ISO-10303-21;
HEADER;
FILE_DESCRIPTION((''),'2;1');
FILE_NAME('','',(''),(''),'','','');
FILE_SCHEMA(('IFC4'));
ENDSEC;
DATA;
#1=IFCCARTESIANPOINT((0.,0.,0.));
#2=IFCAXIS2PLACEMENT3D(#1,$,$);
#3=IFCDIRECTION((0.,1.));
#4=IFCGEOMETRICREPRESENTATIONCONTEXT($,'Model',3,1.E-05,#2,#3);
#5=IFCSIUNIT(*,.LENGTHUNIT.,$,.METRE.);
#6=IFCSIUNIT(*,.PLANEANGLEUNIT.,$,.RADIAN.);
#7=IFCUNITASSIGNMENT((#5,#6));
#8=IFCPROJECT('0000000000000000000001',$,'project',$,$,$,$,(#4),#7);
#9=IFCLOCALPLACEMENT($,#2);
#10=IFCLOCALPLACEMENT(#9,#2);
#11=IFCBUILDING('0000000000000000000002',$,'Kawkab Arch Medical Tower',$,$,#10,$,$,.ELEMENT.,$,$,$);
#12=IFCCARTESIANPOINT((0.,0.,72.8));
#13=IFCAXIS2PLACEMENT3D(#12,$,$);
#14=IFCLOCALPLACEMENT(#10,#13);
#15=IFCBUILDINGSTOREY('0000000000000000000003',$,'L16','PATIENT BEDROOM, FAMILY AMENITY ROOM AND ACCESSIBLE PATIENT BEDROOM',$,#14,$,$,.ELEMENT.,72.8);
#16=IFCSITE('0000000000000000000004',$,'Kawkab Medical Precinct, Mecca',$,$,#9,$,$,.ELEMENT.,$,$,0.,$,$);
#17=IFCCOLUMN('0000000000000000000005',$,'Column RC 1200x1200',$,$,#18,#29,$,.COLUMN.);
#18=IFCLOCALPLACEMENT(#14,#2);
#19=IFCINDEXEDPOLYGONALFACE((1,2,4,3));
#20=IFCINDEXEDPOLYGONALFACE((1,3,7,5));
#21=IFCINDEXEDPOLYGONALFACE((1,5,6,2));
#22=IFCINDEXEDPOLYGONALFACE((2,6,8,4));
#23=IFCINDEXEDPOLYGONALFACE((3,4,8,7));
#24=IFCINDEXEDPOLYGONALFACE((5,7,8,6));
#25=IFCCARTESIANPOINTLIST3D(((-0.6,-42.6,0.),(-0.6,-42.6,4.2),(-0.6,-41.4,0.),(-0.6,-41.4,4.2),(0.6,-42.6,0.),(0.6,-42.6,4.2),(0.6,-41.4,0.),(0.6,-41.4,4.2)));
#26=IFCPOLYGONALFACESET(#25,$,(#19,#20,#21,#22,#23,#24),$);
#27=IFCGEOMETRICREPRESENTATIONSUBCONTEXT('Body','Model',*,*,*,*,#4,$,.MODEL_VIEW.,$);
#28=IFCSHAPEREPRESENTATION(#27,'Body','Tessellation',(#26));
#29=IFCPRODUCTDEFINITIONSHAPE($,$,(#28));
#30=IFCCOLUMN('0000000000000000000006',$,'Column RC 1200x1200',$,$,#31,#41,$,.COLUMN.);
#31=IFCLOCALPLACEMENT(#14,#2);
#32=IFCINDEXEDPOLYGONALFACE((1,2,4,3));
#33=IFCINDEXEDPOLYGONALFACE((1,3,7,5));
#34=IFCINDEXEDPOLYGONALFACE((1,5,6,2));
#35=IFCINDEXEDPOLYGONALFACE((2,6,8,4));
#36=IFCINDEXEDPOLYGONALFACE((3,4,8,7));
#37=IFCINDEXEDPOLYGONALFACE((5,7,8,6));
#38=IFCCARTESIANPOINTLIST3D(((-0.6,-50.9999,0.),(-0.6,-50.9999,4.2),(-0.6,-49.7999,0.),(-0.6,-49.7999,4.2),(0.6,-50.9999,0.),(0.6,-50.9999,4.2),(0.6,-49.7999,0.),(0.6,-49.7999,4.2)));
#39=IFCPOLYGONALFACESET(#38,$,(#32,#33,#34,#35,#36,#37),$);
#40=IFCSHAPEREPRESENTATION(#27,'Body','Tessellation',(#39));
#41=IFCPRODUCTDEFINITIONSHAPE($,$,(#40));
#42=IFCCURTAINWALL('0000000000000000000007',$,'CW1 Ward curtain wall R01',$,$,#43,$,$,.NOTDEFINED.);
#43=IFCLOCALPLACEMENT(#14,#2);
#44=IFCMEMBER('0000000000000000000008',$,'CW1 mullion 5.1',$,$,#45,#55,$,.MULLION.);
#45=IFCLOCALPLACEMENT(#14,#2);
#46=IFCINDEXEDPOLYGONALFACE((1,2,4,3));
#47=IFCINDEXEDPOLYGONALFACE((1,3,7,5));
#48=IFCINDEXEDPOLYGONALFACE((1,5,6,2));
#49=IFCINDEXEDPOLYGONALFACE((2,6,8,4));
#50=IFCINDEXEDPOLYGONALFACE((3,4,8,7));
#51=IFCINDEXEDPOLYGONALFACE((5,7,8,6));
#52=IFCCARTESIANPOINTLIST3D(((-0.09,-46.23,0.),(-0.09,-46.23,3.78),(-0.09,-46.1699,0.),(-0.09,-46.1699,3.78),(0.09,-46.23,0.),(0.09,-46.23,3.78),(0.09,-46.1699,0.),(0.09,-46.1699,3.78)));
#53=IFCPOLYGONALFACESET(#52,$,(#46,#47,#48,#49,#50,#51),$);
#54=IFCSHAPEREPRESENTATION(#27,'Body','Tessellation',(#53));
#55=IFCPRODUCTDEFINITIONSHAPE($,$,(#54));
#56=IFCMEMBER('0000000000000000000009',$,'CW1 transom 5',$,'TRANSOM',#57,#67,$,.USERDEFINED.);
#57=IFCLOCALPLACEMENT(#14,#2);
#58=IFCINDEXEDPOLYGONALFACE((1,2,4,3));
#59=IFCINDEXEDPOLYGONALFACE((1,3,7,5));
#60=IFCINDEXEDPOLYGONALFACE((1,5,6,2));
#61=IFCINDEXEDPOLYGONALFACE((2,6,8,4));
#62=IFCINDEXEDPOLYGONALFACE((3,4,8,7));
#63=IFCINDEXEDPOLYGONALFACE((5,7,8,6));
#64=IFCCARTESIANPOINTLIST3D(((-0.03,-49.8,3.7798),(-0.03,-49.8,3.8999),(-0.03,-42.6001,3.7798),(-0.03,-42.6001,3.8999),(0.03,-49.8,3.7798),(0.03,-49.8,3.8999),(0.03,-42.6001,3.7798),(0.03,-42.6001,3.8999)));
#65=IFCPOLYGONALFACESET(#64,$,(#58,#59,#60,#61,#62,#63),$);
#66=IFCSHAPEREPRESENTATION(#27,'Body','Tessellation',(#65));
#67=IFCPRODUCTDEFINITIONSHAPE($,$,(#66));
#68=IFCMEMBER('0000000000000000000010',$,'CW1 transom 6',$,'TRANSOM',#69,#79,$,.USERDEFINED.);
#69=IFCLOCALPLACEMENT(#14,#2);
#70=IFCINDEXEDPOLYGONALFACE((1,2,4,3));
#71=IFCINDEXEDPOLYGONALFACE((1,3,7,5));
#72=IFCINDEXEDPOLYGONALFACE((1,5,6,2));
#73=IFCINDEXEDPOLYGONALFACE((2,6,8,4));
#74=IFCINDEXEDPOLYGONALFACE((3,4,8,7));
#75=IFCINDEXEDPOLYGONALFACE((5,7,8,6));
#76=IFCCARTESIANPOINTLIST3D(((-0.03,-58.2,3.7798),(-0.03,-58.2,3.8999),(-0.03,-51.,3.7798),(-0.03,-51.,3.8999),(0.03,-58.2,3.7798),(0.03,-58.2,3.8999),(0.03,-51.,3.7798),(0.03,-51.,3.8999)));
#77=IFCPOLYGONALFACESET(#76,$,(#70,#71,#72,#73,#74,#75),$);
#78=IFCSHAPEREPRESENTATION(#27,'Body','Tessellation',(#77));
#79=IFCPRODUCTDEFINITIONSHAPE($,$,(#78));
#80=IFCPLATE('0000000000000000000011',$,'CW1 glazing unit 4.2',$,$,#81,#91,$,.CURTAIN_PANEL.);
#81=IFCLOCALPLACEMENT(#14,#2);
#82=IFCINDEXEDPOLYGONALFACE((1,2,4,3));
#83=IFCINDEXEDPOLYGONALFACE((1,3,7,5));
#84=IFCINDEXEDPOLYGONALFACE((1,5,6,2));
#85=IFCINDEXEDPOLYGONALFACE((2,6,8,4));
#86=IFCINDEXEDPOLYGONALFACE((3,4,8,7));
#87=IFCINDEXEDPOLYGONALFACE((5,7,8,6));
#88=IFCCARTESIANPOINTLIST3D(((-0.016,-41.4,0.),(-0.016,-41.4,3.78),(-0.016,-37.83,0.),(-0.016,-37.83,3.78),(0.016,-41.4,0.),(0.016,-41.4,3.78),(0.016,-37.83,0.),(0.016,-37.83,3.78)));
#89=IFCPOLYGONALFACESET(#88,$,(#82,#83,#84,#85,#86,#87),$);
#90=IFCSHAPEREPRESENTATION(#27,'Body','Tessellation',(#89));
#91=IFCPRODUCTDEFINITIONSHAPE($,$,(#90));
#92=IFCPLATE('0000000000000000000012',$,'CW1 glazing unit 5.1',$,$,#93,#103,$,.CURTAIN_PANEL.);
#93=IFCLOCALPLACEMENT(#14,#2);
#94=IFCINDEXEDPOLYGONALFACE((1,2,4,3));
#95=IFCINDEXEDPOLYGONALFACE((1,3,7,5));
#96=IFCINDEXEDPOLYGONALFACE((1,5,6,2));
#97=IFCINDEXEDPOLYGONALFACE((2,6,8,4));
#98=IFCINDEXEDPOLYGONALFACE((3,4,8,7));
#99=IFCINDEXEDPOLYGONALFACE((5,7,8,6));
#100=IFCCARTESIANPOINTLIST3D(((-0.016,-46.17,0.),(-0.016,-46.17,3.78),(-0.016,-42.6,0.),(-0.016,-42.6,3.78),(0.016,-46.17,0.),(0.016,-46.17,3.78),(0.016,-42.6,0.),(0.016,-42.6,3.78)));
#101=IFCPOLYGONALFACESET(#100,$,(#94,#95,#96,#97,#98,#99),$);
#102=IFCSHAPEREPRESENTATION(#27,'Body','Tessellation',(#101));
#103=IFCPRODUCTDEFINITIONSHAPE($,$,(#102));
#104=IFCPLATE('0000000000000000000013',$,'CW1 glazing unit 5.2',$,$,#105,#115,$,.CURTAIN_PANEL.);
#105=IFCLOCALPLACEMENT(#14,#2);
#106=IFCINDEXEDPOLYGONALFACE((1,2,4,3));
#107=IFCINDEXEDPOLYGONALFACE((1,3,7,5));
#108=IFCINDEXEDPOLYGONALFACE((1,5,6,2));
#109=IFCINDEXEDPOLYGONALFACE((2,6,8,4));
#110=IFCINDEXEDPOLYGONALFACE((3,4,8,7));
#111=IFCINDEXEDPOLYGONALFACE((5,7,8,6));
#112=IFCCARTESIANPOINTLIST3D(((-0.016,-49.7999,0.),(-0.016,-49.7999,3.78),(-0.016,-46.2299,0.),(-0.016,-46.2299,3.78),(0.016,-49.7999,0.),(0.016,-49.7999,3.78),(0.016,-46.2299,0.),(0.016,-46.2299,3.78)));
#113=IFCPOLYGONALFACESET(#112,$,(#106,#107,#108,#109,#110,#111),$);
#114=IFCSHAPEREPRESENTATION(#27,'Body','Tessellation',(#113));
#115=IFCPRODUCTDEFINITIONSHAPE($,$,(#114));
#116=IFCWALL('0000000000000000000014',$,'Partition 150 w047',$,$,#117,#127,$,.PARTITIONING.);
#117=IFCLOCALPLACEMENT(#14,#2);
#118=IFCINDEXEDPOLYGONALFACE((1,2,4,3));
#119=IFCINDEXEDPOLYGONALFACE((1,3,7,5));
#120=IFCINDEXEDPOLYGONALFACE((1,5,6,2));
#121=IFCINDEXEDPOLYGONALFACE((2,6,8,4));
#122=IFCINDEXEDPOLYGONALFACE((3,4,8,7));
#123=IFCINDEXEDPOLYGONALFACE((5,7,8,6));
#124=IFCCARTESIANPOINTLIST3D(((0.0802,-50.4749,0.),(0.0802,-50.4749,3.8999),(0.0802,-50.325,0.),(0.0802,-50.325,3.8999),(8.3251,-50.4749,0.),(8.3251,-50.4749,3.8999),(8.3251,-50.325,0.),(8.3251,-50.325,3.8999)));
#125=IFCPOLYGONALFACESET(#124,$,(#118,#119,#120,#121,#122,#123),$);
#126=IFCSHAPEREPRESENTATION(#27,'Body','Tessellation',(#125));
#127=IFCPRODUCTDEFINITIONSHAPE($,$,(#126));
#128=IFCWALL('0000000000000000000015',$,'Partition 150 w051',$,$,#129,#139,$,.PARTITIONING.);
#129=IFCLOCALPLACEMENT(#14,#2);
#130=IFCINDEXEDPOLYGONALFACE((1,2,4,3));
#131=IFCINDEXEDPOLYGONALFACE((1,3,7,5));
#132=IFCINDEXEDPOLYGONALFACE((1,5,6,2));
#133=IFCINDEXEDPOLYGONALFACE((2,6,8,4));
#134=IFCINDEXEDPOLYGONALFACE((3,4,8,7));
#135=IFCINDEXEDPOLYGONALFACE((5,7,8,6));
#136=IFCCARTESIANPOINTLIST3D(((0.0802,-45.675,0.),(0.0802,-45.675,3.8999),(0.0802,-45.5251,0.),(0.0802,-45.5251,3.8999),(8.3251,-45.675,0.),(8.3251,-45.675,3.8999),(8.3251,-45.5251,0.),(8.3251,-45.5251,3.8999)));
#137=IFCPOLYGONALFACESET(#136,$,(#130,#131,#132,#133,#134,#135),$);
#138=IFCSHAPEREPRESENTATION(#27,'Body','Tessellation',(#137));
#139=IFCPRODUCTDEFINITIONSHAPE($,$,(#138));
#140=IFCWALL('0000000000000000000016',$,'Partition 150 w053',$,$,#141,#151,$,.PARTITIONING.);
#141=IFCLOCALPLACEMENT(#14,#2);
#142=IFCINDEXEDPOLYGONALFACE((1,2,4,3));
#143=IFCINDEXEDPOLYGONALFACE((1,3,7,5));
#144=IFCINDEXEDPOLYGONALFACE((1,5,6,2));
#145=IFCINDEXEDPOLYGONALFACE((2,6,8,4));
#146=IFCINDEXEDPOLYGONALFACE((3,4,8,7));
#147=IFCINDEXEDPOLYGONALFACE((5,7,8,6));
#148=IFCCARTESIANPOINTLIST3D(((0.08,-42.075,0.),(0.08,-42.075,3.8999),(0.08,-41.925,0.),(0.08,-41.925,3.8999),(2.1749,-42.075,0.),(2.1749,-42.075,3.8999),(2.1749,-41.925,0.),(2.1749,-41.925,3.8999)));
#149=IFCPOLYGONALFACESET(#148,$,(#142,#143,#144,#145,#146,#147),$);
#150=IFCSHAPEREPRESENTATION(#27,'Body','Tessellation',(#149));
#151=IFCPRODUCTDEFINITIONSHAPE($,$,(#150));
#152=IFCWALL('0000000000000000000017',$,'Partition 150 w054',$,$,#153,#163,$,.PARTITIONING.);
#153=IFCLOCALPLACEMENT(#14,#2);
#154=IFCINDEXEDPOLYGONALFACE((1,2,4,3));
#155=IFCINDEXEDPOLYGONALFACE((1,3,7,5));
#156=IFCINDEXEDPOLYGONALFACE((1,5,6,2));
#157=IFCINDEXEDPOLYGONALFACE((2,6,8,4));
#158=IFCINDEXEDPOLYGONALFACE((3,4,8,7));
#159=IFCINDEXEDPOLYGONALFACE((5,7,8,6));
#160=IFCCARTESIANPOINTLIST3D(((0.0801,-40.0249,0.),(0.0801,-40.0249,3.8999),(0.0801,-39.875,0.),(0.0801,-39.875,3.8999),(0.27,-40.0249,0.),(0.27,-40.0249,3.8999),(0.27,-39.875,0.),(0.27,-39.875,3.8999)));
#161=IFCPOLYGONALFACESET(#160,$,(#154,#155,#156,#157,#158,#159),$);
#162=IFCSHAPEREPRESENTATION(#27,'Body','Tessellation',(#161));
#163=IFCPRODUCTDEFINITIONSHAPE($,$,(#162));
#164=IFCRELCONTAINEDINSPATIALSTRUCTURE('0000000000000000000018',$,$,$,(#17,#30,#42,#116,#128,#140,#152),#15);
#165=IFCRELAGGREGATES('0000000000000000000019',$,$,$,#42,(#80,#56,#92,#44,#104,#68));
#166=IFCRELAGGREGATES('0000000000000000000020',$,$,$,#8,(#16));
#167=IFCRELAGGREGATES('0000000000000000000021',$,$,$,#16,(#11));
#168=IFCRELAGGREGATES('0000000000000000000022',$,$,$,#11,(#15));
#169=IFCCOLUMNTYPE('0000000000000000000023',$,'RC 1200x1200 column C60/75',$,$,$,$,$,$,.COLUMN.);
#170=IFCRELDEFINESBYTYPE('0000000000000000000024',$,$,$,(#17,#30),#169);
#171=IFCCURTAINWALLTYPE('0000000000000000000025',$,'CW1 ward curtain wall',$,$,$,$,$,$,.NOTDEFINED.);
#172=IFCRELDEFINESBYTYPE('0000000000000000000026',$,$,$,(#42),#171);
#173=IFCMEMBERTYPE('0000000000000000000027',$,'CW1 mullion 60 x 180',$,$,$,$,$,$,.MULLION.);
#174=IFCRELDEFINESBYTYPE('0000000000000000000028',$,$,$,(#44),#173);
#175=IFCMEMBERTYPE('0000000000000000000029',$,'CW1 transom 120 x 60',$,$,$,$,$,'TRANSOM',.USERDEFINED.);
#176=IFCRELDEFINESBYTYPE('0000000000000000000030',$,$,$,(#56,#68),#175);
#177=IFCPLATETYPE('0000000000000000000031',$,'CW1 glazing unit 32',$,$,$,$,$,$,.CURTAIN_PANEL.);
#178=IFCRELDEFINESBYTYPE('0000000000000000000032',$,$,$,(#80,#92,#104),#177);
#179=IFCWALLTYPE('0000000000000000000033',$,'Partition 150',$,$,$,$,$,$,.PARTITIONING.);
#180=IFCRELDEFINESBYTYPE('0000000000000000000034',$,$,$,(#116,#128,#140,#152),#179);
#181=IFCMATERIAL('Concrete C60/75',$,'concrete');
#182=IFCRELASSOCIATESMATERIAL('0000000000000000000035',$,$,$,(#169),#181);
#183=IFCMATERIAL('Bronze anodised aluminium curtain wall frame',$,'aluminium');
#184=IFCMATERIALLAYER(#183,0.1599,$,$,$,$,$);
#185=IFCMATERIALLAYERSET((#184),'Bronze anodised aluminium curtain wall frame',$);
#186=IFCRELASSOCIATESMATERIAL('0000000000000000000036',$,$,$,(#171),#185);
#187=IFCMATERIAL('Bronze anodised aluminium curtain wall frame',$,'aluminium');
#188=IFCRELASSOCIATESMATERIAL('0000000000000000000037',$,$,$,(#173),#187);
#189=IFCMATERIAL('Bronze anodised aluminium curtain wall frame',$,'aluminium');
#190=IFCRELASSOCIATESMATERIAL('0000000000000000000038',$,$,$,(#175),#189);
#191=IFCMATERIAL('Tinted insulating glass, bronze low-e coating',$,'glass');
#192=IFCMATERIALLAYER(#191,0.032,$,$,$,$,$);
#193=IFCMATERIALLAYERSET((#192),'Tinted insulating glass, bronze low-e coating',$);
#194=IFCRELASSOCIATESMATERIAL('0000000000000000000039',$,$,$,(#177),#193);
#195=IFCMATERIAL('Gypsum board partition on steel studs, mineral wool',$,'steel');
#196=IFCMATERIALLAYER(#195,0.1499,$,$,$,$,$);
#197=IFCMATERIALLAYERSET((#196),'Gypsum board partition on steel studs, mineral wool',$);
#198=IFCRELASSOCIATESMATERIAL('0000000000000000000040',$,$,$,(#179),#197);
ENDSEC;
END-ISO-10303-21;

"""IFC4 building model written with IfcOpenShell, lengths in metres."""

from ifc_helpers import new_model, si_unit, direction, frame, frame_2d, origin, origin_2d, place, context, subcontext, project, spatial, rectangle, extrude, material, layer, layer_set, material_profile, profile_set, type_object, element, aggregate, save


model = new_model("IFC4")

# Units and contexts
model_context = context("Model", 3, precision=1e-05, world=origin(), true_north=direction((0.0, 1.0)))
body_context = subcontext(model_context, "Body", "Model", "MODEL_VIEW")
ifc_project = project(units=[si_unit("LENGTHUNIT", "METRE"), si_unit("PLANEANGLEUNIT", "RADIAN")], contexts=[model_context])

# Site, building, storey
site_placement = place(None, origin())
site = spatial("IfcSite", under=ifc_project, at=site_placement, Name="Kawkab Medical Precinct, Mecca", CompositionType="ELEMENT", RefElevation=0.0)
building_placement = place(site_placement, origin())
building = spatial("IfcBuilding", under=site, at=building_placement, Name="Kawkab Arch Medical Tower", CompositionType="ELEMENT")
storey_placement = place(building_placement, frame((0.0, 0.0, 72.8)))
storey = spatial("IfcBuildingStorey", under=building, at=storey_placement, Name="L16", Description="PATIENT BEDROOM, FAMILY AMENITY ROOM AND ACCESSIBLE PATIENT BEDROOM", CompositionType="ELEMENT", Elevation=72.8)

# Columns
ifc_material_1 = material(Name="Concrete C60/75", Category="concrete")
ifc_material_profile_1 = material_profile(ifc_material_1, rectangle(XDim=1.2, YDim=1.2, at=origin_2d()), Name="RC 1200x1200")
ifc_profile_set_1 = profile_set([ifc_material_profile_1], Name="Concrete C60/75")
column_type = type_object("IfcColumnType", Name="RC 1200x1200 column C60/75", PredefinedType="COLUMN", material=ifc_profile_set_1)
for number, where, z_axis, x_axis, name in (
    (1, (0.0, -42.0, 0.0), (0.0, 0.0, 1.0), (1.0, 0.0, 0.0), "Column RC 1200x1200"),
    (2, (0.0, -50.3999, 0.0), (0.0, 0.0, 1.0), (1.0, 0.0, 0.0), "Column RC 1200x1200"),
):
    element("IfcColumn", number, at=place(storey_placement, frame(where, z_axis=z_axis, x_axis=x_axis)), inside=storey, type_object=column_type, Name=name, PredefinedType="COLUMN", context=body_context, shape_type="SweptSolid", body=[
        extrude(rectangle(XDim=1.2, YDim=1.2, at=origin_2d()), origin(), (0.0, 0.0, 1.0), 4.2),
    ])

# Curtain wall, members, plates
ifc_material_2 = material(Name="Bronze anodised aluminium curtain wall frame", Category="aluminium")
ifc_layer_1 = layer(ifc_material_2, 0.1599)
ifc_layer_set_1 = layer_set([ifc_layer_1], Name="Bronze anodised aluminium curtain wall frame")
curtain_wall_type = type_object("IfcCurtainWallType", Name="CW1 ward curtain wall", PredefinedType="NOTDEFINED", material=ifc_layer_set_1)
curtain_wall_placement = place(storey_placement, origin())
curtain_wall = element("IfcCurtainWall", 3, at=curtain_wall_placement, inside=storey, type_object=curtain_wall_type, Name="CW1 Ward curtain wall R01", PredefinedType="NOTDEFINED")
ifc_material_3 = material(Name="Bronze anodised aluminium curtain wall frame", Category="aluminium")
ifc_material_profile_2 = material_profile(ifc_material_3, rectangle(XDim=0.1799, YDim=0.0601, at=origin_2d()), Name="AL 60x180")
ifc_profile_set_2 = profile_set([ifc_material_profile_2], Name="Bronze anodised aluminium curtain wall frame")
member_type_1 = type_object("IfcMemberType", Name="CW1 mullion 60 x 180", PredefinedType="MULLION", material=ifc_profile_set_2)
member_1_placement = place(storey_placement, frame((0.0, -46.2, 0.0), z_axis=(0.0, 0.0, 1.0), x_axis=(1.0, 0.0, 0.0)))
member_1 = element("IfcMember", 4, at=member_1_placement, type_object=member_type_1, Name="CW1 mullion 5.1", PredefinedType="MULLION", context=body_context, shape_type="SweptSolid", body=[
    extrude(rectangle(XDim=0.1799, YDim=0.0601, at=origin_2d()), origin(), (0.0, 0.0, 1.0), 3.78),
])
ifc_material_4 = material(Name="Bronze anodised aluminium curtain wall frame", Category="aluminium")
ifc_material_profile_3 = material_profile(ifc_material_4, rectangle(XDim=0.0601, YDim=0.1201, at=origin_2d()), Name="AL 60x120")
ifc_profile_set_3 = profile_set([ifc_material_profile_3], Name="Bronze anodised aluminium curtain wall frame")
member_type_2 = type_object("IfcMemberType", Name="CW1 transom 120 x 60", ElementType="TRANSOM", PredefinedType="USERDEFINED", material=ifc_profile_set_3)
member_2_placement = place(storey_placement, frame((0.0, -42.6001, 3.8398), z_axis=(0.0, -1.0, 0.0), x_axis=(1.0, 0.0, 0.0)))
member_2 = element("IfcMember", 5, at=member_2_placement, type_object=member_type_2, Name="CW1 transom 5", ObjectType="TRANSOM", PredefinedType="USERDEFINED", context=body_context, shape_type="SweptSolid", body=[
    extrude(rectangle(XDim=0.0601, YDim=0.1201, at=origin_2d()), origin(), (0.0, 0.0, 1.0), 7.2),
])
member_3_placement = place(storey_placement, frame((0.0, -51.0, 3.8398), z_axis=(0.0, -1.0, 0.0), x_axis=(1.0, 0.0, 0.0)))
member_3 = element("IfcMember", 6, at=member_3_placement, type_object=member_type_2, Name="CW1 transom 6", ObjectType="TRANSOM", PredefinedType="USERDEFINED", context=body_context, shape_type="SweptSolid", body=[
    extrude(rectangle(XDim=0.0601, YDim=0.1201, at=origin_2d()), origin(), (0.0, 0.0, 1.0), 7.2),
])
ifc_material_5 = material(Name="Tinted insulating glass, bronze low-e coating", Category="glass")
ifc_layer_2 = layer(ifc_material_5, 0.032)
ifc_layer_set_2 = layer_set([ifc_layer_2], Name="Tinted insulating glass, bronze low-e coating")
plate_type = type_object("IfcPlateType", Name="CW1 glazing unit 32", PredefinedType="CURTAIN_PANEL", material=ifc_layer_set_2)
plate_1_placement = place(storey_placement, frame((0.0, -39.615, 0.0), z_axis=(0.0, 0.0, 1.0), x_axis=(0.0, -1.0, 0.0)))
plate_1 = element("IfcPlate", 7, at=plate_1_placement, type_object=plate_type, Name="CW1 glazing unit 4.2", PredefinedType="CURTAIN_PANEL", context=body_context, shape_type="SweptSolid", body=[
    extrude(rectangle(XDim=3.5701, YDim=0.032, at=origin_2d()), origin(), (0.0, 0.0, 1.0), 3.78),
])
plate_2_placement = place(storey_placement, frame((0.0, -44.385, 0.0), z_axis=(0.0, 0.0, 1.0), x_axis=(0.0, -1.0, 0.0)))
plate_2 = element("IfcPlate", 8, at=plate_2_placement, type_object=plate_type, Name="CW1 glazing unit 5.1", PredefinedType="CURTAIN_PANEL", context=body_context, shape_type="SweptSolid", body=[
    extrude(rectangle(XDim=3.5701, YDim=0.032, at=origin_2d()), origin(), (0.0, 0.0, 1.0), 3.78),
])
plate_3_placement = place(storey_placement, frame((0.0, -48.0149, 0.0), z_axis=(0.0, 0.0, 1.0), x_axis=(0.0, -1.0, 0.0)))
plate_3 = element("IfcPlate", 9, at=plate_3_placement, type_object=plate_type, Name="CW1 glazing unit 5.2", PredefinedType="CURTAIN_PANEL", context=body_context, shape_type="SweptSolid", body=[
    extrude(rectangle(XDim=3.5701, YDim=0.032, at=origin_2d()), origin(), (0.0, 0.0, 1.0), 3.78),
])
aggregate(curtain_wall, [plate_1, member_2, plate_2, member_1, plate_3, member_3])

# Walls
ifc_material_6 = material(Name="Gypsum board partition on steel studs, mineral wool", Category="steel")
ifc_layer_3 = layer(ifc_material_6, 0.1499)
ifc_layer_set_3 = layer_set([ifc_layer_3], Name="Gypsum board partition on steel studs, mineral wool")
wall_type = type_object("IfcWallType", Name="Partition 150", PredefinedType="PARTITIONING", material=ifc_layer_set_3)
for number, where, z_axis, x_axis, name in (
    (10, (0.0801, -50.3999, 0.0), (0.0, 0.0, 1.0), (1.0, 0.0, 0.0), "Partition 150 w047"),
    (11, (0.0801, -45.6001, 0.0), (0.0, 0.0, 1.0), (1.0, 0.0, 0.0), "Partition 150 w051"),
):
    element("IfcWall", number, at=place(storey_placement, frame(where, z_axis=z_axis, x_axis=x_axis)), inside=storey, type_object=wall_type, Name=name, PredefinedType="PARTITIONING", context=body_context, shape_type="SweptSolid", body=[
        extrude(rectangle(XDim=8.2449, YDim=0.1499, at=frame_2d((4.1226, 0.0))), origin(), (0.0, 0.0, 1.0), 3.8999),
    ])
wall_1_placement = place(storey_placement, frame((0.0801, -42.0, 0.0), z_axis=(0.0, 0.0, 1.0), x_axis=(1.0, 0.0, 0.0)))
element("IfcWall", 12, at=wall_1_placement, inside=storey, type_object=wall_type, Name="Partition 150 w053", PredefinedType="PARTITIONING", context=body_context, shape_type="SweptSolid", body=[
    extrude(rectangle(XDim=2.095, YDim=0.1499, at=frame_2d((1.0474, 0.0))), origin(), (0.0, 0.0, 1.0), 3.8999),
])
wall_2_placement = place(storey_placement, frame((0.0801, -39.95, 0.0), z_axis=(0.0, 0.0, 1.0), x_axis=(1.0, 0.0, 0.0)))
element("IfcWall", 13, at=wall_2_placement, inside=storey, type_object=wall_type, Name="Partition 150 w054", PredefinedType="PARTITIONING", context=body_context, shape_type="SweptSolid", body=[
    extrude(rectangle(XDim=0.1899, YDim=0.1499, at=frame_2d((0.095, 0.0))), origin(), (0.0, 0.0, 1.0), 3.8999),
])

save(model, "model.ifc")
